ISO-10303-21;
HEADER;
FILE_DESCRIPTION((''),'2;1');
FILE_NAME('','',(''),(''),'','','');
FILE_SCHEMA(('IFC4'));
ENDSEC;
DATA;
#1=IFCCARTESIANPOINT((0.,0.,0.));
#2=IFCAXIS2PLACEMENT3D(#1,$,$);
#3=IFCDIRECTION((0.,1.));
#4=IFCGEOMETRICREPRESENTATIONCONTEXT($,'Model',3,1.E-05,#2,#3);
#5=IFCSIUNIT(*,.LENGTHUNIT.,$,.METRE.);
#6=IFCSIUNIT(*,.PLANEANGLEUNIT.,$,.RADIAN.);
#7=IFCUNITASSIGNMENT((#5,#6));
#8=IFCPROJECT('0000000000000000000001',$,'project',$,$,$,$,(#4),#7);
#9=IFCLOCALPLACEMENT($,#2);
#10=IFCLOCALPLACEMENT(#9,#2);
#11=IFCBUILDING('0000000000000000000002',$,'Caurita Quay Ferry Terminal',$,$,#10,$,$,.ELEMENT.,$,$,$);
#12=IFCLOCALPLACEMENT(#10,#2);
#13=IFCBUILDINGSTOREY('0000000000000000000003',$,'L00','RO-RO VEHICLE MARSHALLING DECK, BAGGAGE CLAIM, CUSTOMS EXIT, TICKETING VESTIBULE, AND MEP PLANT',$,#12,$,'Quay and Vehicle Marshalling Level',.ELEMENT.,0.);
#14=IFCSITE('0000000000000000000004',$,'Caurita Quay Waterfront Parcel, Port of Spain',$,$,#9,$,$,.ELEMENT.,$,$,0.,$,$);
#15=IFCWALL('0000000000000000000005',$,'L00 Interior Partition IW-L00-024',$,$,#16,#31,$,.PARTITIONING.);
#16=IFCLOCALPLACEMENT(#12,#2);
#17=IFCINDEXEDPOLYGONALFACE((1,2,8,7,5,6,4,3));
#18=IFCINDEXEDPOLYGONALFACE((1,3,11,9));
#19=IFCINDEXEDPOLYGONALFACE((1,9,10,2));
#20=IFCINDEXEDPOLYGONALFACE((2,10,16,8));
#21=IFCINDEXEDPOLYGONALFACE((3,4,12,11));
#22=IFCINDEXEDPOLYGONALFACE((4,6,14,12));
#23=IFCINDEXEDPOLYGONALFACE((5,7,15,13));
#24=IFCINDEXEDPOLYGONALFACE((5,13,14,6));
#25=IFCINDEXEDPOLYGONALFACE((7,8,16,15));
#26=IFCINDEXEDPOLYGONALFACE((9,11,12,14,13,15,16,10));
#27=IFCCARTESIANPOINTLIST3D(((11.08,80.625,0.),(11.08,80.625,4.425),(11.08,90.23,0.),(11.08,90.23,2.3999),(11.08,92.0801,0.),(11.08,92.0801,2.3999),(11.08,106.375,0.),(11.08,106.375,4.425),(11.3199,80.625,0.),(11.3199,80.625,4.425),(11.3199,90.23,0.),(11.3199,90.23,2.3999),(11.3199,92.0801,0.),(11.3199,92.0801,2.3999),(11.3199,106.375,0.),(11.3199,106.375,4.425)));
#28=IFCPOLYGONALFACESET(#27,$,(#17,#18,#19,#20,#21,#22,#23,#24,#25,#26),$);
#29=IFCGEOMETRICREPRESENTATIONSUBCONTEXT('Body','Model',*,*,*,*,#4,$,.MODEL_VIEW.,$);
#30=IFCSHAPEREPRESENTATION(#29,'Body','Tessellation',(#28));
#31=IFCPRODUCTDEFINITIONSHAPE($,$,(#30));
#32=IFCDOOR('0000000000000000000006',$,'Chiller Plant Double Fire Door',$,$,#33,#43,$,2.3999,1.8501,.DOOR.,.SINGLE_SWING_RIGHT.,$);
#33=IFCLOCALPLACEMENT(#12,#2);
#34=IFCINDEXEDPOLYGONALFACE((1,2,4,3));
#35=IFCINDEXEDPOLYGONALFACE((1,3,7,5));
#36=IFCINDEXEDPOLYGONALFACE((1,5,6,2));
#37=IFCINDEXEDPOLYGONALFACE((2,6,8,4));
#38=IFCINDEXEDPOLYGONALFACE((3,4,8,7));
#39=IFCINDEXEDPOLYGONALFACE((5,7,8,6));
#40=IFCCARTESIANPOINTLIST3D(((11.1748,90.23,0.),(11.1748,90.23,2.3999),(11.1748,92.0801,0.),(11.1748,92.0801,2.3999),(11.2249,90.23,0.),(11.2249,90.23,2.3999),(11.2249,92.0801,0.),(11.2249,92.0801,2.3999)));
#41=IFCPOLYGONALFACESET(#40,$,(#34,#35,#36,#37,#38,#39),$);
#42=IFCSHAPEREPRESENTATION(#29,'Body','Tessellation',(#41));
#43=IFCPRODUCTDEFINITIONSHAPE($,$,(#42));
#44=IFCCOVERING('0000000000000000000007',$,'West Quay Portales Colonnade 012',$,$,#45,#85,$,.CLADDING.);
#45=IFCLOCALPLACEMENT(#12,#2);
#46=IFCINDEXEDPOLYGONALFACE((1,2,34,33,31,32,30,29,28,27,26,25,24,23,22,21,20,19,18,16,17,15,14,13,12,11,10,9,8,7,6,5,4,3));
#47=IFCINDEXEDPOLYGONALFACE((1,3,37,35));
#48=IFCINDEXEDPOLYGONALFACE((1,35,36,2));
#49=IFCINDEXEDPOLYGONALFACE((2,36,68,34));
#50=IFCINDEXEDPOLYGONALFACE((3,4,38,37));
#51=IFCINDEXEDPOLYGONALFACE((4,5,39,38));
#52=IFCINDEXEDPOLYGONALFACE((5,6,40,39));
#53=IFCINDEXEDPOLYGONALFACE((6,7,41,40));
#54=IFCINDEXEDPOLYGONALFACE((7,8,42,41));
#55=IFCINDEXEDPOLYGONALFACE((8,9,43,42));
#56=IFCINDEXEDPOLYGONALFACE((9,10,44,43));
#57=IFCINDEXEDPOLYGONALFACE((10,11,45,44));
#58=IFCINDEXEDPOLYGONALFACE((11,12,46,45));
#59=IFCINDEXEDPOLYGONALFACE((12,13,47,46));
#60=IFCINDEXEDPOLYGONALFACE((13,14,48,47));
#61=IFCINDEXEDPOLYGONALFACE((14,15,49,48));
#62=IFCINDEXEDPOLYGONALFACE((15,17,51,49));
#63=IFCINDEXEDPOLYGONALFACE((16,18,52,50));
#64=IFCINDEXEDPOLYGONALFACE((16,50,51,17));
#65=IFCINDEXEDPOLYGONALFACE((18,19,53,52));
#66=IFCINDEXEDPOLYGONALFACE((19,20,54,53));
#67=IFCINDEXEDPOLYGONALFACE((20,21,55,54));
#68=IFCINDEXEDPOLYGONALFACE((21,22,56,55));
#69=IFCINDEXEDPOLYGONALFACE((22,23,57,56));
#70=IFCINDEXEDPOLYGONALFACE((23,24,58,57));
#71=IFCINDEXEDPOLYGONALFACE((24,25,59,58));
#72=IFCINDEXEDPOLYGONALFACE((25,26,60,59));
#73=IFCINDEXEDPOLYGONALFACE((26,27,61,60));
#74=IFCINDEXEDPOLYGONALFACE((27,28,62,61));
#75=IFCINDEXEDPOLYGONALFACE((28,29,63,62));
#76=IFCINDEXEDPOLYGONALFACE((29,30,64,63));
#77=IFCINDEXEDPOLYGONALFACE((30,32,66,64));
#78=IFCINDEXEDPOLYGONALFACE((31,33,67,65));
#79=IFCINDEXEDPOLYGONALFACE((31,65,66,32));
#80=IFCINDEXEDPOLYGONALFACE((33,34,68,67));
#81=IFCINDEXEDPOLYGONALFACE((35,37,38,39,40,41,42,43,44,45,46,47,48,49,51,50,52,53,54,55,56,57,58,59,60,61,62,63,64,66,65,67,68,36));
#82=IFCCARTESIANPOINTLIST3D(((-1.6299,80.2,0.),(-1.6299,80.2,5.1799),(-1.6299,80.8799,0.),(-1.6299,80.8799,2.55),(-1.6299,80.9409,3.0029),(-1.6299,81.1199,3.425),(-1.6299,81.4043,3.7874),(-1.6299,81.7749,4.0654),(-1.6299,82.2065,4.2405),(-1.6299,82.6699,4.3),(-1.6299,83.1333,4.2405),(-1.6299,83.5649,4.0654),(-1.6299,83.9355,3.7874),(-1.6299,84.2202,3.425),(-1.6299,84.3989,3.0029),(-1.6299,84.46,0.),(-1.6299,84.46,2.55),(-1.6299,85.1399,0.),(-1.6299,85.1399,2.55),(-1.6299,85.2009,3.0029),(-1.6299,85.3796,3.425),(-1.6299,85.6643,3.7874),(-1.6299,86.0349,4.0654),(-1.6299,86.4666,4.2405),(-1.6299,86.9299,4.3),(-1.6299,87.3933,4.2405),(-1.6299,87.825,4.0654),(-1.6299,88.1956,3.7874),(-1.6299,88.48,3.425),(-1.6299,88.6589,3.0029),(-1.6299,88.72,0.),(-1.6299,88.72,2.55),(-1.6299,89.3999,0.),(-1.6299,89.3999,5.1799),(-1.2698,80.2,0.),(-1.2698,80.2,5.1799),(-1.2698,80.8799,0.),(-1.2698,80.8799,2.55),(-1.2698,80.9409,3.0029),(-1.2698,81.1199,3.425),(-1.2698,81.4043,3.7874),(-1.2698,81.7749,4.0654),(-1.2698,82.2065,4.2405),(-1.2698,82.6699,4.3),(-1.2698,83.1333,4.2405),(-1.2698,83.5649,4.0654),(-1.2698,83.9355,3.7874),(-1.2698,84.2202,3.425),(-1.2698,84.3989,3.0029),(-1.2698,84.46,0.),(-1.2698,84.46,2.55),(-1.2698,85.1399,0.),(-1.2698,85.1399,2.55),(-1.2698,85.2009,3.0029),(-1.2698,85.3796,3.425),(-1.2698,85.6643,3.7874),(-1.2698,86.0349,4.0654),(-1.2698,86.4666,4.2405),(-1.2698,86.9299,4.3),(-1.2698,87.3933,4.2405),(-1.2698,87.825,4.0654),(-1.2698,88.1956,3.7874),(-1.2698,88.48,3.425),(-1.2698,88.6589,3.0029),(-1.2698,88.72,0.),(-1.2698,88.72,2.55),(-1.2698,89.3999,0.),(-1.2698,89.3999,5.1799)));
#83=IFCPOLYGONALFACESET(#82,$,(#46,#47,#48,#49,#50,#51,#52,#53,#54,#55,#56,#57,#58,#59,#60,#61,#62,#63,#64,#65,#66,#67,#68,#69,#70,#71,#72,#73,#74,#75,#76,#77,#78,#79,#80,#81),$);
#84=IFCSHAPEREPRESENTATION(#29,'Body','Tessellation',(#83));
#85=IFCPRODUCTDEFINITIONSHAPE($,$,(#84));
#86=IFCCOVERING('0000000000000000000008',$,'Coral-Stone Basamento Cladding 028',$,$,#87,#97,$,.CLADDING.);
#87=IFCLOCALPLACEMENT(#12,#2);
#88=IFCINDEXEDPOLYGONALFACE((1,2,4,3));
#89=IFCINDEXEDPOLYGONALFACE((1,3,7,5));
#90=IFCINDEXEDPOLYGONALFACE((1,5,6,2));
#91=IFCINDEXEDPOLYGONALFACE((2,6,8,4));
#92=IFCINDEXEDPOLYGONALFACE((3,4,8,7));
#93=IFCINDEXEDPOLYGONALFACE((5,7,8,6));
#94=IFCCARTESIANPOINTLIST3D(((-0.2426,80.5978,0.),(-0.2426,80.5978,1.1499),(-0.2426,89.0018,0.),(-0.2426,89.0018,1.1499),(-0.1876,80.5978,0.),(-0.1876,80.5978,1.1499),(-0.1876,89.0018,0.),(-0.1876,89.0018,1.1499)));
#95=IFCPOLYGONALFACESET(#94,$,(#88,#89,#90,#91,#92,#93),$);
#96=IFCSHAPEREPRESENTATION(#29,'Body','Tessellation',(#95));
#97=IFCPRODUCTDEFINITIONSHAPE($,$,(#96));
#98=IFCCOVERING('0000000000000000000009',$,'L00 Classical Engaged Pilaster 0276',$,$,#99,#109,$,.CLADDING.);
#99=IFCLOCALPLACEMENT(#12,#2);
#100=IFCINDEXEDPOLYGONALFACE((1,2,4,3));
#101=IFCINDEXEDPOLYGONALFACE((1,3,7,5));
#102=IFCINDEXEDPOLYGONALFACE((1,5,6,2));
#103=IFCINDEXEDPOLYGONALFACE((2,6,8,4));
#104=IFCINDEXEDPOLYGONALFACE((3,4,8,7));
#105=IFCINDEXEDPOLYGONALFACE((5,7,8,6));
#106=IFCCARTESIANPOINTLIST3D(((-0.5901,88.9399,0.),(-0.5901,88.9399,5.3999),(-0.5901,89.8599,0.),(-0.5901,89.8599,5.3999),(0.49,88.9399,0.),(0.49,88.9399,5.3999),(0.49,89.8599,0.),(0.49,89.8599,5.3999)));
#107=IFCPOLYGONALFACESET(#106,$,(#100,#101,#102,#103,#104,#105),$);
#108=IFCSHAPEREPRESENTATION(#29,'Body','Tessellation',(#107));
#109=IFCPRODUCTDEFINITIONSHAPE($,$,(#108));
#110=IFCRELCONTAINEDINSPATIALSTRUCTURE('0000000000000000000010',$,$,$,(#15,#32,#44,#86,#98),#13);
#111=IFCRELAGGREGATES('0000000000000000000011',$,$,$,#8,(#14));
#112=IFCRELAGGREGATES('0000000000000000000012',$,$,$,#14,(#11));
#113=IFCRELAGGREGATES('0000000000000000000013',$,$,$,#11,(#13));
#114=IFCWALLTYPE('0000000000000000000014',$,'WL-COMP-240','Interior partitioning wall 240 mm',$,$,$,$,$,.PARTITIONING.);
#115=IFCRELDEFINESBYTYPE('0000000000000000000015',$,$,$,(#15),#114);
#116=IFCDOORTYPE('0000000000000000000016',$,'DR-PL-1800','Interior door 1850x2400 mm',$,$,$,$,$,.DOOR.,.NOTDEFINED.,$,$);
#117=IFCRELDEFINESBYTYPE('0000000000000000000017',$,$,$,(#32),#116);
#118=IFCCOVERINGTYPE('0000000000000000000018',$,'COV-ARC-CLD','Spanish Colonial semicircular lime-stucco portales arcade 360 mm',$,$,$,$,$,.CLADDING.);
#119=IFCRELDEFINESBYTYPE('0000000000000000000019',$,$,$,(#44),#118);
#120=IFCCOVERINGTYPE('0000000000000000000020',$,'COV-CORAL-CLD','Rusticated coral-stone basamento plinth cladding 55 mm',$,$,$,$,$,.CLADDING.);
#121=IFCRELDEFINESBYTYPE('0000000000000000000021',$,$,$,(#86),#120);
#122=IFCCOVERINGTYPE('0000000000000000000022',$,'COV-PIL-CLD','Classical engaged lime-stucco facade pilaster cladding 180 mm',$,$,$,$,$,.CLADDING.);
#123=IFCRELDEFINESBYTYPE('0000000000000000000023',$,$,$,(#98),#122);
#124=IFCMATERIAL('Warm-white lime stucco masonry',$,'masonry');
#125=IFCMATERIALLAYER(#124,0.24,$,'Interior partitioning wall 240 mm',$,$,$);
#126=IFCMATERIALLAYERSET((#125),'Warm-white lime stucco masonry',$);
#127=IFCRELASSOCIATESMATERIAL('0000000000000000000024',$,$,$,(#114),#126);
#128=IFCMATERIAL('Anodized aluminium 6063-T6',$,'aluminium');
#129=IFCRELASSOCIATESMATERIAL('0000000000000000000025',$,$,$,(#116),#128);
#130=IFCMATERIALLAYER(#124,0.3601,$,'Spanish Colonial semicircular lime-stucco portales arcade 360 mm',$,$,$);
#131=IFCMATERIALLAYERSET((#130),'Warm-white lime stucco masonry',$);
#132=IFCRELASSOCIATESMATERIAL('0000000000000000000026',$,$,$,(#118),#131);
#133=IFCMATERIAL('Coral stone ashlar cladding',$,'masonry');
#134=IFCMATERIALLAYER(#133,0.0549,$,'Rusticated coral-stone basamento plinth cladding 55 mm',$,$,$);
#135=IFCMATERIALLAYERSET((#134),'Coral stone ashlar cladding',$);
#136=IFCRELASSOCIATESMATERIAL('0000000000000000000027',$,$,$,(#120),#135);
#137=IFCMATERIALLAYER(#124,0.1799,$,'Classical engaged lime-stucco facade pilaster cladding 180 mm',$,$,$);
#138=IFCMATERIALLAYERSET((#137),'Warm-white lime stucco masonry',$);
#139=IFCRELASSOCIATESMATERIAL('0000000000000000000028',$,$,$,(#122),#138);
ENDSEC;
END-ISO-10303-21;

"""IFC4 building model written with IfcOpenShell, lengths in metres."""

from ifc_helpers import new_model, si_unit, direction, frame, frame_2d, origin, origin_2d, place, context, subcontext, project, spatial, polyline, rectangle, outline, extrude, material, layer, layer_set, type_object, element, fill, save


model = new_model("IFC4")

# Units and contexts
model_context = context("Model", 3, precision=1e-05, world=origin(), true_north=direction((0.0, 1.0)))
body_context = subcontext(model_context, "Body", "Model", "MODEL_VIEW")
ifc_project = project(units=[si_unit("LENGTHUNIT", "METRE"), si_unit("PLANEANGLEUNIT", "RADIAN")], contexts=[model_context])

# Site, building, storey
site_placement = place(None, origin())
site = spatial("IfcSite", under=ifc_project, at=site_placement, Name="Caurita Quay Waterfront Parcel, Port of Spain", CompositionType="ELEMENT", RefElevation=0.0)
building_placement = place(site_placement, origin())
building = spatial("IfcBuilding", under=site, at=building_placement, Name="Caurita Quay Ferry Terminal", CompositionType="ELEMENT")
storey_placement = place(building_placement, origin())
storey = spatial("IfcBuildingStorey", under=building, at=storey_placement, Name="L00", Description="RO-RO VEHICLE MARSHALLING DECK, BAGGAGE CLAIM, CUSTOMS EXIT, TICKETING VESTIBULE, AND MEP PLANT", LongName="Quay and Vehicle Marshalling Level", CompositionType="ELEMENT", Elevation=0.0)

# Wall, opening, door
ifc_material_1 = material(Name="Warm-white lime stucco masonry", Category="masonry")
ifc_layer_1 = layer(ifc_material_1, 0.24, Name="Interior partitioning wall 240 mm")
ifc_layer_set_1 = layer_set([ifc_layer_1], Name="Warm-white lime stucco masonry")
wall_type_1 = type_object("IfcWallType", Name="WL-COMP-240", Description="Interior partitioning wall 240 mm", PredefinedType="PARTITIONING", material=ifc_layer_set_1)
wall_1_placement = place(storey_placement, frame((11.2, 80.625, 0.0), z_axis=(0.0, 0.0, 1.0), x_axis=(0.0, 1.0, 0.0)))
wall_1 = element("IfcWall", 1, at=wall_1_placement, inside=storey, type_object=wall_type_1, Name="L00 Interior Partition IW-L00-024", PredefinedType="PARTITIONING", context=body_context, shape_type="SweptSolid", body=[
    extrude(rectangle(XDim=25.75, YDim=0.24, at=frame_2d((12.875, 0.0))), origin(), (0.0, 0.0, 1.0), 4.425),
])
opening_1_placement = place(wall_1_placement, frame((9.605, 0.0, 0.0)))
opening_1 = element("IfcOpeningElement", 2, at=opening_1_placement, cuts=wall_1, PredefinedType="OPENING", context=body_context, shape_type="SweptSolid", body=[
    extrude(rectangle(XDim=1.8501, YDim=2.3999, at=frame_2d((0.925, 1.2))), frame((0.0, 0.1299, 0.0), z_axis=(0.0, -1.0, 0.0), x_axis=(1.0, 0.0, 0.0)), (0.0, 0.0, 1.0), 0.26),
])
ifc_material_2 = material(Name="Anodized aluminium 6063-T6", Category="aluminium")
door_type_1 = type_object("IfcDoorType", Name="DR-PL-1800", Description="Interior door 1850x2400 mm", OperationType="NOTDEFINED", PredefinedType="DOOR", material=ifc_material_2)
door_1_placement = place(opening_1_placement, frame((1.8501, 0.0, 0.0), z_axis=(0.0, 0.0, 1.0), x_axis=(-1.0, 0.0, 0.0)))
door_1 = element("IfcDoor", 3, at=door_1_placement, inside=storey, type_object=door_type_1, Name="Chiller Plant Double Fire Door", OperationType="SINGLE_SWING_RIGHT", OverallHeight=2.3999, OverallWidth=1.8501, PredefinedType="DOOR", context=body_context, shape_type="SweptSolid", body=[
    extrude(rectangle(XDim=1.8501, YDim=2.3999, at=frame_2d((0.925, 1.2))), frame((0.0, 0.0249, 0.0), z_axis=(0.0, -1.0, 0.0), x_axis=(1.0, 0.0, 0.0)), (0.0, 0.0, 1.0), 0.05),
])
fill(opening_1, door_1)
ifc_material_3 = material(Name="Coral stone ashlar cladding", Category="masonry")

# Coverings
ifc_layer_2 = layer(ifc_material_1, 0.3601, Name="Spanish Colonial semicircular lime-stucco portales arcade 360 mm")
ifc_layer_set_2 = layer_set([ifc_layer_2], Name="Warm-white lime stucco masonry")
covering_type_1 = type_object("IfcCoveringType", Name="COV-ARC-CLD", Description="Spanish Colonial semicircular lime-stucco portales arcade 360 mm", PredefinedType="CLADDING", material=ifc_layer_set_2)
covering_1_placement = place(storey_placement, frame((-1.45, 89.3999, 0.0), z_axis=(0.0, 0.0, 1.0), x_axis=(0.0, -1.0, 0.0)))
element("IfcCovering", 4, at=covering_1_placement, inside=storey, type_object=covering_type_1, Name="West Quay Portales Colonnade 012", PredefinedType="CLADDING", context=body_context, shape_type="SweptSolid", body=[
    extrude(outline(polyline([(0.0, 0.0), (0.6799, 0.0), (0.6799, 2.55), (0.741, 3.0029), (0.9199, 3.425), (1.2043, 3.7874), (1.575, 4.0654), (2.0066, 4.2405), (2.47, 4.3), (2.9333, 4.2405), (3.365, 4.0654), (3.7356, 3.7874), (4.0203, 3.425), (4.199, 3.0029), (4.26, 2.55), (4.26, 0.0), (4.9399, 0.0), (4.9399, 2.55), (5.001, 3.0029), (5.1797, 3.425), (5.4644, 3.7874), (5.835, 4.0654), (6.2666, 4.2405), (6.73, 4.3), (7.1934, 4.2405), (7.625, 4.0654), (7.9956, 3.7874), (8.28, 3.425), (8.459, 3.0029), (8.52, 2.55), (8.52, 0.0), (9.2, 0.0), (9.2, 5.1799), (0.0, 5.1799), (0.0, 0.0)])), frame((0.0, 0.1802, 0.0), z_axis=(0.0, -1.0, 0.0), x_axis=(1.0, 0.0, 0.0)), (0.0, 0.0, 1.0), 0.3601),
])
ifc_layer_3 = layer(ifc_material_3, 0.0549, Name="Rusticated coral-stone basamento plinth cladding 55 mm")
ifc_layer_set_3 = layer_set([ifc_layer_3], Name="Coral stone ashlar cladding")
covering_type_2 = type_object("IfcCoveringType", Name="COV-CORAL-CLD", Description="Rusticated coral-stone basamento plinth cladding 55 mm", PredefinedType="CLADDING", material=ifc_layer_set_3)
covering_2_placement = place(storey_placement, frame((-0.2151, 89.002, 0.0), z_axis=(0.0, 0.0, 1.0), x_axis=(0.0, -1.0, 0.0)))
element("IfcCovering", 5, at=covering_2_placement, inside=storey, type_object=covering_type_2, Name="Coral-Stone Basamento Cladding 028", PredefinedType="CLADDING", context=body_context, shape_type="SweptSolid", body=[
    extrude(rectangle(XDim=8.4041, YDim=0.0549, at=frame_2d((4.2021, 0.0))), origin(), (0.0, 0.0, 1.0), 1.1499),
])
ifc_layer_4 = layer(ifc_material_1, 0.1799, Name="Classical engaged lime-stucco facade pilaster cladding 180 mm")
ifc_layer_set_4 = layer_set([ifc_layer_4], Name="Warm-white lime stucco masonry")
covering_type_3 = type_object("IfcCoveringType", Name="COV-PIL-CLD", Description="Classical engaged lime-stucco facade pilaster cladding 180 mm", PredefinedType="CLADDING", material=ifc_layer_set_4)
covering_3_placement = place(storey_placement, frame((-0.05, 89.3999, 0.0), z_axis=(0.0, 0.0, 1.0), x_axis=(1.0, 0.0, 0.0)))
element("IfcCovering", 6, at=covering_3_placement, inside=storey, type_object=covering_type_3, Name="L00 Classical Engaged Pilaster 0276", PredefinedType="CLADDING", context=body_context, shape_type="SweptSolid", body=[
    extrude(rectangle(XDim=1.0801, YDim=0.9199, at=origin_2d()), origin(), (0.0, 0.0, 1.0), 5.3999),
])

save(model, "model.ifc")
